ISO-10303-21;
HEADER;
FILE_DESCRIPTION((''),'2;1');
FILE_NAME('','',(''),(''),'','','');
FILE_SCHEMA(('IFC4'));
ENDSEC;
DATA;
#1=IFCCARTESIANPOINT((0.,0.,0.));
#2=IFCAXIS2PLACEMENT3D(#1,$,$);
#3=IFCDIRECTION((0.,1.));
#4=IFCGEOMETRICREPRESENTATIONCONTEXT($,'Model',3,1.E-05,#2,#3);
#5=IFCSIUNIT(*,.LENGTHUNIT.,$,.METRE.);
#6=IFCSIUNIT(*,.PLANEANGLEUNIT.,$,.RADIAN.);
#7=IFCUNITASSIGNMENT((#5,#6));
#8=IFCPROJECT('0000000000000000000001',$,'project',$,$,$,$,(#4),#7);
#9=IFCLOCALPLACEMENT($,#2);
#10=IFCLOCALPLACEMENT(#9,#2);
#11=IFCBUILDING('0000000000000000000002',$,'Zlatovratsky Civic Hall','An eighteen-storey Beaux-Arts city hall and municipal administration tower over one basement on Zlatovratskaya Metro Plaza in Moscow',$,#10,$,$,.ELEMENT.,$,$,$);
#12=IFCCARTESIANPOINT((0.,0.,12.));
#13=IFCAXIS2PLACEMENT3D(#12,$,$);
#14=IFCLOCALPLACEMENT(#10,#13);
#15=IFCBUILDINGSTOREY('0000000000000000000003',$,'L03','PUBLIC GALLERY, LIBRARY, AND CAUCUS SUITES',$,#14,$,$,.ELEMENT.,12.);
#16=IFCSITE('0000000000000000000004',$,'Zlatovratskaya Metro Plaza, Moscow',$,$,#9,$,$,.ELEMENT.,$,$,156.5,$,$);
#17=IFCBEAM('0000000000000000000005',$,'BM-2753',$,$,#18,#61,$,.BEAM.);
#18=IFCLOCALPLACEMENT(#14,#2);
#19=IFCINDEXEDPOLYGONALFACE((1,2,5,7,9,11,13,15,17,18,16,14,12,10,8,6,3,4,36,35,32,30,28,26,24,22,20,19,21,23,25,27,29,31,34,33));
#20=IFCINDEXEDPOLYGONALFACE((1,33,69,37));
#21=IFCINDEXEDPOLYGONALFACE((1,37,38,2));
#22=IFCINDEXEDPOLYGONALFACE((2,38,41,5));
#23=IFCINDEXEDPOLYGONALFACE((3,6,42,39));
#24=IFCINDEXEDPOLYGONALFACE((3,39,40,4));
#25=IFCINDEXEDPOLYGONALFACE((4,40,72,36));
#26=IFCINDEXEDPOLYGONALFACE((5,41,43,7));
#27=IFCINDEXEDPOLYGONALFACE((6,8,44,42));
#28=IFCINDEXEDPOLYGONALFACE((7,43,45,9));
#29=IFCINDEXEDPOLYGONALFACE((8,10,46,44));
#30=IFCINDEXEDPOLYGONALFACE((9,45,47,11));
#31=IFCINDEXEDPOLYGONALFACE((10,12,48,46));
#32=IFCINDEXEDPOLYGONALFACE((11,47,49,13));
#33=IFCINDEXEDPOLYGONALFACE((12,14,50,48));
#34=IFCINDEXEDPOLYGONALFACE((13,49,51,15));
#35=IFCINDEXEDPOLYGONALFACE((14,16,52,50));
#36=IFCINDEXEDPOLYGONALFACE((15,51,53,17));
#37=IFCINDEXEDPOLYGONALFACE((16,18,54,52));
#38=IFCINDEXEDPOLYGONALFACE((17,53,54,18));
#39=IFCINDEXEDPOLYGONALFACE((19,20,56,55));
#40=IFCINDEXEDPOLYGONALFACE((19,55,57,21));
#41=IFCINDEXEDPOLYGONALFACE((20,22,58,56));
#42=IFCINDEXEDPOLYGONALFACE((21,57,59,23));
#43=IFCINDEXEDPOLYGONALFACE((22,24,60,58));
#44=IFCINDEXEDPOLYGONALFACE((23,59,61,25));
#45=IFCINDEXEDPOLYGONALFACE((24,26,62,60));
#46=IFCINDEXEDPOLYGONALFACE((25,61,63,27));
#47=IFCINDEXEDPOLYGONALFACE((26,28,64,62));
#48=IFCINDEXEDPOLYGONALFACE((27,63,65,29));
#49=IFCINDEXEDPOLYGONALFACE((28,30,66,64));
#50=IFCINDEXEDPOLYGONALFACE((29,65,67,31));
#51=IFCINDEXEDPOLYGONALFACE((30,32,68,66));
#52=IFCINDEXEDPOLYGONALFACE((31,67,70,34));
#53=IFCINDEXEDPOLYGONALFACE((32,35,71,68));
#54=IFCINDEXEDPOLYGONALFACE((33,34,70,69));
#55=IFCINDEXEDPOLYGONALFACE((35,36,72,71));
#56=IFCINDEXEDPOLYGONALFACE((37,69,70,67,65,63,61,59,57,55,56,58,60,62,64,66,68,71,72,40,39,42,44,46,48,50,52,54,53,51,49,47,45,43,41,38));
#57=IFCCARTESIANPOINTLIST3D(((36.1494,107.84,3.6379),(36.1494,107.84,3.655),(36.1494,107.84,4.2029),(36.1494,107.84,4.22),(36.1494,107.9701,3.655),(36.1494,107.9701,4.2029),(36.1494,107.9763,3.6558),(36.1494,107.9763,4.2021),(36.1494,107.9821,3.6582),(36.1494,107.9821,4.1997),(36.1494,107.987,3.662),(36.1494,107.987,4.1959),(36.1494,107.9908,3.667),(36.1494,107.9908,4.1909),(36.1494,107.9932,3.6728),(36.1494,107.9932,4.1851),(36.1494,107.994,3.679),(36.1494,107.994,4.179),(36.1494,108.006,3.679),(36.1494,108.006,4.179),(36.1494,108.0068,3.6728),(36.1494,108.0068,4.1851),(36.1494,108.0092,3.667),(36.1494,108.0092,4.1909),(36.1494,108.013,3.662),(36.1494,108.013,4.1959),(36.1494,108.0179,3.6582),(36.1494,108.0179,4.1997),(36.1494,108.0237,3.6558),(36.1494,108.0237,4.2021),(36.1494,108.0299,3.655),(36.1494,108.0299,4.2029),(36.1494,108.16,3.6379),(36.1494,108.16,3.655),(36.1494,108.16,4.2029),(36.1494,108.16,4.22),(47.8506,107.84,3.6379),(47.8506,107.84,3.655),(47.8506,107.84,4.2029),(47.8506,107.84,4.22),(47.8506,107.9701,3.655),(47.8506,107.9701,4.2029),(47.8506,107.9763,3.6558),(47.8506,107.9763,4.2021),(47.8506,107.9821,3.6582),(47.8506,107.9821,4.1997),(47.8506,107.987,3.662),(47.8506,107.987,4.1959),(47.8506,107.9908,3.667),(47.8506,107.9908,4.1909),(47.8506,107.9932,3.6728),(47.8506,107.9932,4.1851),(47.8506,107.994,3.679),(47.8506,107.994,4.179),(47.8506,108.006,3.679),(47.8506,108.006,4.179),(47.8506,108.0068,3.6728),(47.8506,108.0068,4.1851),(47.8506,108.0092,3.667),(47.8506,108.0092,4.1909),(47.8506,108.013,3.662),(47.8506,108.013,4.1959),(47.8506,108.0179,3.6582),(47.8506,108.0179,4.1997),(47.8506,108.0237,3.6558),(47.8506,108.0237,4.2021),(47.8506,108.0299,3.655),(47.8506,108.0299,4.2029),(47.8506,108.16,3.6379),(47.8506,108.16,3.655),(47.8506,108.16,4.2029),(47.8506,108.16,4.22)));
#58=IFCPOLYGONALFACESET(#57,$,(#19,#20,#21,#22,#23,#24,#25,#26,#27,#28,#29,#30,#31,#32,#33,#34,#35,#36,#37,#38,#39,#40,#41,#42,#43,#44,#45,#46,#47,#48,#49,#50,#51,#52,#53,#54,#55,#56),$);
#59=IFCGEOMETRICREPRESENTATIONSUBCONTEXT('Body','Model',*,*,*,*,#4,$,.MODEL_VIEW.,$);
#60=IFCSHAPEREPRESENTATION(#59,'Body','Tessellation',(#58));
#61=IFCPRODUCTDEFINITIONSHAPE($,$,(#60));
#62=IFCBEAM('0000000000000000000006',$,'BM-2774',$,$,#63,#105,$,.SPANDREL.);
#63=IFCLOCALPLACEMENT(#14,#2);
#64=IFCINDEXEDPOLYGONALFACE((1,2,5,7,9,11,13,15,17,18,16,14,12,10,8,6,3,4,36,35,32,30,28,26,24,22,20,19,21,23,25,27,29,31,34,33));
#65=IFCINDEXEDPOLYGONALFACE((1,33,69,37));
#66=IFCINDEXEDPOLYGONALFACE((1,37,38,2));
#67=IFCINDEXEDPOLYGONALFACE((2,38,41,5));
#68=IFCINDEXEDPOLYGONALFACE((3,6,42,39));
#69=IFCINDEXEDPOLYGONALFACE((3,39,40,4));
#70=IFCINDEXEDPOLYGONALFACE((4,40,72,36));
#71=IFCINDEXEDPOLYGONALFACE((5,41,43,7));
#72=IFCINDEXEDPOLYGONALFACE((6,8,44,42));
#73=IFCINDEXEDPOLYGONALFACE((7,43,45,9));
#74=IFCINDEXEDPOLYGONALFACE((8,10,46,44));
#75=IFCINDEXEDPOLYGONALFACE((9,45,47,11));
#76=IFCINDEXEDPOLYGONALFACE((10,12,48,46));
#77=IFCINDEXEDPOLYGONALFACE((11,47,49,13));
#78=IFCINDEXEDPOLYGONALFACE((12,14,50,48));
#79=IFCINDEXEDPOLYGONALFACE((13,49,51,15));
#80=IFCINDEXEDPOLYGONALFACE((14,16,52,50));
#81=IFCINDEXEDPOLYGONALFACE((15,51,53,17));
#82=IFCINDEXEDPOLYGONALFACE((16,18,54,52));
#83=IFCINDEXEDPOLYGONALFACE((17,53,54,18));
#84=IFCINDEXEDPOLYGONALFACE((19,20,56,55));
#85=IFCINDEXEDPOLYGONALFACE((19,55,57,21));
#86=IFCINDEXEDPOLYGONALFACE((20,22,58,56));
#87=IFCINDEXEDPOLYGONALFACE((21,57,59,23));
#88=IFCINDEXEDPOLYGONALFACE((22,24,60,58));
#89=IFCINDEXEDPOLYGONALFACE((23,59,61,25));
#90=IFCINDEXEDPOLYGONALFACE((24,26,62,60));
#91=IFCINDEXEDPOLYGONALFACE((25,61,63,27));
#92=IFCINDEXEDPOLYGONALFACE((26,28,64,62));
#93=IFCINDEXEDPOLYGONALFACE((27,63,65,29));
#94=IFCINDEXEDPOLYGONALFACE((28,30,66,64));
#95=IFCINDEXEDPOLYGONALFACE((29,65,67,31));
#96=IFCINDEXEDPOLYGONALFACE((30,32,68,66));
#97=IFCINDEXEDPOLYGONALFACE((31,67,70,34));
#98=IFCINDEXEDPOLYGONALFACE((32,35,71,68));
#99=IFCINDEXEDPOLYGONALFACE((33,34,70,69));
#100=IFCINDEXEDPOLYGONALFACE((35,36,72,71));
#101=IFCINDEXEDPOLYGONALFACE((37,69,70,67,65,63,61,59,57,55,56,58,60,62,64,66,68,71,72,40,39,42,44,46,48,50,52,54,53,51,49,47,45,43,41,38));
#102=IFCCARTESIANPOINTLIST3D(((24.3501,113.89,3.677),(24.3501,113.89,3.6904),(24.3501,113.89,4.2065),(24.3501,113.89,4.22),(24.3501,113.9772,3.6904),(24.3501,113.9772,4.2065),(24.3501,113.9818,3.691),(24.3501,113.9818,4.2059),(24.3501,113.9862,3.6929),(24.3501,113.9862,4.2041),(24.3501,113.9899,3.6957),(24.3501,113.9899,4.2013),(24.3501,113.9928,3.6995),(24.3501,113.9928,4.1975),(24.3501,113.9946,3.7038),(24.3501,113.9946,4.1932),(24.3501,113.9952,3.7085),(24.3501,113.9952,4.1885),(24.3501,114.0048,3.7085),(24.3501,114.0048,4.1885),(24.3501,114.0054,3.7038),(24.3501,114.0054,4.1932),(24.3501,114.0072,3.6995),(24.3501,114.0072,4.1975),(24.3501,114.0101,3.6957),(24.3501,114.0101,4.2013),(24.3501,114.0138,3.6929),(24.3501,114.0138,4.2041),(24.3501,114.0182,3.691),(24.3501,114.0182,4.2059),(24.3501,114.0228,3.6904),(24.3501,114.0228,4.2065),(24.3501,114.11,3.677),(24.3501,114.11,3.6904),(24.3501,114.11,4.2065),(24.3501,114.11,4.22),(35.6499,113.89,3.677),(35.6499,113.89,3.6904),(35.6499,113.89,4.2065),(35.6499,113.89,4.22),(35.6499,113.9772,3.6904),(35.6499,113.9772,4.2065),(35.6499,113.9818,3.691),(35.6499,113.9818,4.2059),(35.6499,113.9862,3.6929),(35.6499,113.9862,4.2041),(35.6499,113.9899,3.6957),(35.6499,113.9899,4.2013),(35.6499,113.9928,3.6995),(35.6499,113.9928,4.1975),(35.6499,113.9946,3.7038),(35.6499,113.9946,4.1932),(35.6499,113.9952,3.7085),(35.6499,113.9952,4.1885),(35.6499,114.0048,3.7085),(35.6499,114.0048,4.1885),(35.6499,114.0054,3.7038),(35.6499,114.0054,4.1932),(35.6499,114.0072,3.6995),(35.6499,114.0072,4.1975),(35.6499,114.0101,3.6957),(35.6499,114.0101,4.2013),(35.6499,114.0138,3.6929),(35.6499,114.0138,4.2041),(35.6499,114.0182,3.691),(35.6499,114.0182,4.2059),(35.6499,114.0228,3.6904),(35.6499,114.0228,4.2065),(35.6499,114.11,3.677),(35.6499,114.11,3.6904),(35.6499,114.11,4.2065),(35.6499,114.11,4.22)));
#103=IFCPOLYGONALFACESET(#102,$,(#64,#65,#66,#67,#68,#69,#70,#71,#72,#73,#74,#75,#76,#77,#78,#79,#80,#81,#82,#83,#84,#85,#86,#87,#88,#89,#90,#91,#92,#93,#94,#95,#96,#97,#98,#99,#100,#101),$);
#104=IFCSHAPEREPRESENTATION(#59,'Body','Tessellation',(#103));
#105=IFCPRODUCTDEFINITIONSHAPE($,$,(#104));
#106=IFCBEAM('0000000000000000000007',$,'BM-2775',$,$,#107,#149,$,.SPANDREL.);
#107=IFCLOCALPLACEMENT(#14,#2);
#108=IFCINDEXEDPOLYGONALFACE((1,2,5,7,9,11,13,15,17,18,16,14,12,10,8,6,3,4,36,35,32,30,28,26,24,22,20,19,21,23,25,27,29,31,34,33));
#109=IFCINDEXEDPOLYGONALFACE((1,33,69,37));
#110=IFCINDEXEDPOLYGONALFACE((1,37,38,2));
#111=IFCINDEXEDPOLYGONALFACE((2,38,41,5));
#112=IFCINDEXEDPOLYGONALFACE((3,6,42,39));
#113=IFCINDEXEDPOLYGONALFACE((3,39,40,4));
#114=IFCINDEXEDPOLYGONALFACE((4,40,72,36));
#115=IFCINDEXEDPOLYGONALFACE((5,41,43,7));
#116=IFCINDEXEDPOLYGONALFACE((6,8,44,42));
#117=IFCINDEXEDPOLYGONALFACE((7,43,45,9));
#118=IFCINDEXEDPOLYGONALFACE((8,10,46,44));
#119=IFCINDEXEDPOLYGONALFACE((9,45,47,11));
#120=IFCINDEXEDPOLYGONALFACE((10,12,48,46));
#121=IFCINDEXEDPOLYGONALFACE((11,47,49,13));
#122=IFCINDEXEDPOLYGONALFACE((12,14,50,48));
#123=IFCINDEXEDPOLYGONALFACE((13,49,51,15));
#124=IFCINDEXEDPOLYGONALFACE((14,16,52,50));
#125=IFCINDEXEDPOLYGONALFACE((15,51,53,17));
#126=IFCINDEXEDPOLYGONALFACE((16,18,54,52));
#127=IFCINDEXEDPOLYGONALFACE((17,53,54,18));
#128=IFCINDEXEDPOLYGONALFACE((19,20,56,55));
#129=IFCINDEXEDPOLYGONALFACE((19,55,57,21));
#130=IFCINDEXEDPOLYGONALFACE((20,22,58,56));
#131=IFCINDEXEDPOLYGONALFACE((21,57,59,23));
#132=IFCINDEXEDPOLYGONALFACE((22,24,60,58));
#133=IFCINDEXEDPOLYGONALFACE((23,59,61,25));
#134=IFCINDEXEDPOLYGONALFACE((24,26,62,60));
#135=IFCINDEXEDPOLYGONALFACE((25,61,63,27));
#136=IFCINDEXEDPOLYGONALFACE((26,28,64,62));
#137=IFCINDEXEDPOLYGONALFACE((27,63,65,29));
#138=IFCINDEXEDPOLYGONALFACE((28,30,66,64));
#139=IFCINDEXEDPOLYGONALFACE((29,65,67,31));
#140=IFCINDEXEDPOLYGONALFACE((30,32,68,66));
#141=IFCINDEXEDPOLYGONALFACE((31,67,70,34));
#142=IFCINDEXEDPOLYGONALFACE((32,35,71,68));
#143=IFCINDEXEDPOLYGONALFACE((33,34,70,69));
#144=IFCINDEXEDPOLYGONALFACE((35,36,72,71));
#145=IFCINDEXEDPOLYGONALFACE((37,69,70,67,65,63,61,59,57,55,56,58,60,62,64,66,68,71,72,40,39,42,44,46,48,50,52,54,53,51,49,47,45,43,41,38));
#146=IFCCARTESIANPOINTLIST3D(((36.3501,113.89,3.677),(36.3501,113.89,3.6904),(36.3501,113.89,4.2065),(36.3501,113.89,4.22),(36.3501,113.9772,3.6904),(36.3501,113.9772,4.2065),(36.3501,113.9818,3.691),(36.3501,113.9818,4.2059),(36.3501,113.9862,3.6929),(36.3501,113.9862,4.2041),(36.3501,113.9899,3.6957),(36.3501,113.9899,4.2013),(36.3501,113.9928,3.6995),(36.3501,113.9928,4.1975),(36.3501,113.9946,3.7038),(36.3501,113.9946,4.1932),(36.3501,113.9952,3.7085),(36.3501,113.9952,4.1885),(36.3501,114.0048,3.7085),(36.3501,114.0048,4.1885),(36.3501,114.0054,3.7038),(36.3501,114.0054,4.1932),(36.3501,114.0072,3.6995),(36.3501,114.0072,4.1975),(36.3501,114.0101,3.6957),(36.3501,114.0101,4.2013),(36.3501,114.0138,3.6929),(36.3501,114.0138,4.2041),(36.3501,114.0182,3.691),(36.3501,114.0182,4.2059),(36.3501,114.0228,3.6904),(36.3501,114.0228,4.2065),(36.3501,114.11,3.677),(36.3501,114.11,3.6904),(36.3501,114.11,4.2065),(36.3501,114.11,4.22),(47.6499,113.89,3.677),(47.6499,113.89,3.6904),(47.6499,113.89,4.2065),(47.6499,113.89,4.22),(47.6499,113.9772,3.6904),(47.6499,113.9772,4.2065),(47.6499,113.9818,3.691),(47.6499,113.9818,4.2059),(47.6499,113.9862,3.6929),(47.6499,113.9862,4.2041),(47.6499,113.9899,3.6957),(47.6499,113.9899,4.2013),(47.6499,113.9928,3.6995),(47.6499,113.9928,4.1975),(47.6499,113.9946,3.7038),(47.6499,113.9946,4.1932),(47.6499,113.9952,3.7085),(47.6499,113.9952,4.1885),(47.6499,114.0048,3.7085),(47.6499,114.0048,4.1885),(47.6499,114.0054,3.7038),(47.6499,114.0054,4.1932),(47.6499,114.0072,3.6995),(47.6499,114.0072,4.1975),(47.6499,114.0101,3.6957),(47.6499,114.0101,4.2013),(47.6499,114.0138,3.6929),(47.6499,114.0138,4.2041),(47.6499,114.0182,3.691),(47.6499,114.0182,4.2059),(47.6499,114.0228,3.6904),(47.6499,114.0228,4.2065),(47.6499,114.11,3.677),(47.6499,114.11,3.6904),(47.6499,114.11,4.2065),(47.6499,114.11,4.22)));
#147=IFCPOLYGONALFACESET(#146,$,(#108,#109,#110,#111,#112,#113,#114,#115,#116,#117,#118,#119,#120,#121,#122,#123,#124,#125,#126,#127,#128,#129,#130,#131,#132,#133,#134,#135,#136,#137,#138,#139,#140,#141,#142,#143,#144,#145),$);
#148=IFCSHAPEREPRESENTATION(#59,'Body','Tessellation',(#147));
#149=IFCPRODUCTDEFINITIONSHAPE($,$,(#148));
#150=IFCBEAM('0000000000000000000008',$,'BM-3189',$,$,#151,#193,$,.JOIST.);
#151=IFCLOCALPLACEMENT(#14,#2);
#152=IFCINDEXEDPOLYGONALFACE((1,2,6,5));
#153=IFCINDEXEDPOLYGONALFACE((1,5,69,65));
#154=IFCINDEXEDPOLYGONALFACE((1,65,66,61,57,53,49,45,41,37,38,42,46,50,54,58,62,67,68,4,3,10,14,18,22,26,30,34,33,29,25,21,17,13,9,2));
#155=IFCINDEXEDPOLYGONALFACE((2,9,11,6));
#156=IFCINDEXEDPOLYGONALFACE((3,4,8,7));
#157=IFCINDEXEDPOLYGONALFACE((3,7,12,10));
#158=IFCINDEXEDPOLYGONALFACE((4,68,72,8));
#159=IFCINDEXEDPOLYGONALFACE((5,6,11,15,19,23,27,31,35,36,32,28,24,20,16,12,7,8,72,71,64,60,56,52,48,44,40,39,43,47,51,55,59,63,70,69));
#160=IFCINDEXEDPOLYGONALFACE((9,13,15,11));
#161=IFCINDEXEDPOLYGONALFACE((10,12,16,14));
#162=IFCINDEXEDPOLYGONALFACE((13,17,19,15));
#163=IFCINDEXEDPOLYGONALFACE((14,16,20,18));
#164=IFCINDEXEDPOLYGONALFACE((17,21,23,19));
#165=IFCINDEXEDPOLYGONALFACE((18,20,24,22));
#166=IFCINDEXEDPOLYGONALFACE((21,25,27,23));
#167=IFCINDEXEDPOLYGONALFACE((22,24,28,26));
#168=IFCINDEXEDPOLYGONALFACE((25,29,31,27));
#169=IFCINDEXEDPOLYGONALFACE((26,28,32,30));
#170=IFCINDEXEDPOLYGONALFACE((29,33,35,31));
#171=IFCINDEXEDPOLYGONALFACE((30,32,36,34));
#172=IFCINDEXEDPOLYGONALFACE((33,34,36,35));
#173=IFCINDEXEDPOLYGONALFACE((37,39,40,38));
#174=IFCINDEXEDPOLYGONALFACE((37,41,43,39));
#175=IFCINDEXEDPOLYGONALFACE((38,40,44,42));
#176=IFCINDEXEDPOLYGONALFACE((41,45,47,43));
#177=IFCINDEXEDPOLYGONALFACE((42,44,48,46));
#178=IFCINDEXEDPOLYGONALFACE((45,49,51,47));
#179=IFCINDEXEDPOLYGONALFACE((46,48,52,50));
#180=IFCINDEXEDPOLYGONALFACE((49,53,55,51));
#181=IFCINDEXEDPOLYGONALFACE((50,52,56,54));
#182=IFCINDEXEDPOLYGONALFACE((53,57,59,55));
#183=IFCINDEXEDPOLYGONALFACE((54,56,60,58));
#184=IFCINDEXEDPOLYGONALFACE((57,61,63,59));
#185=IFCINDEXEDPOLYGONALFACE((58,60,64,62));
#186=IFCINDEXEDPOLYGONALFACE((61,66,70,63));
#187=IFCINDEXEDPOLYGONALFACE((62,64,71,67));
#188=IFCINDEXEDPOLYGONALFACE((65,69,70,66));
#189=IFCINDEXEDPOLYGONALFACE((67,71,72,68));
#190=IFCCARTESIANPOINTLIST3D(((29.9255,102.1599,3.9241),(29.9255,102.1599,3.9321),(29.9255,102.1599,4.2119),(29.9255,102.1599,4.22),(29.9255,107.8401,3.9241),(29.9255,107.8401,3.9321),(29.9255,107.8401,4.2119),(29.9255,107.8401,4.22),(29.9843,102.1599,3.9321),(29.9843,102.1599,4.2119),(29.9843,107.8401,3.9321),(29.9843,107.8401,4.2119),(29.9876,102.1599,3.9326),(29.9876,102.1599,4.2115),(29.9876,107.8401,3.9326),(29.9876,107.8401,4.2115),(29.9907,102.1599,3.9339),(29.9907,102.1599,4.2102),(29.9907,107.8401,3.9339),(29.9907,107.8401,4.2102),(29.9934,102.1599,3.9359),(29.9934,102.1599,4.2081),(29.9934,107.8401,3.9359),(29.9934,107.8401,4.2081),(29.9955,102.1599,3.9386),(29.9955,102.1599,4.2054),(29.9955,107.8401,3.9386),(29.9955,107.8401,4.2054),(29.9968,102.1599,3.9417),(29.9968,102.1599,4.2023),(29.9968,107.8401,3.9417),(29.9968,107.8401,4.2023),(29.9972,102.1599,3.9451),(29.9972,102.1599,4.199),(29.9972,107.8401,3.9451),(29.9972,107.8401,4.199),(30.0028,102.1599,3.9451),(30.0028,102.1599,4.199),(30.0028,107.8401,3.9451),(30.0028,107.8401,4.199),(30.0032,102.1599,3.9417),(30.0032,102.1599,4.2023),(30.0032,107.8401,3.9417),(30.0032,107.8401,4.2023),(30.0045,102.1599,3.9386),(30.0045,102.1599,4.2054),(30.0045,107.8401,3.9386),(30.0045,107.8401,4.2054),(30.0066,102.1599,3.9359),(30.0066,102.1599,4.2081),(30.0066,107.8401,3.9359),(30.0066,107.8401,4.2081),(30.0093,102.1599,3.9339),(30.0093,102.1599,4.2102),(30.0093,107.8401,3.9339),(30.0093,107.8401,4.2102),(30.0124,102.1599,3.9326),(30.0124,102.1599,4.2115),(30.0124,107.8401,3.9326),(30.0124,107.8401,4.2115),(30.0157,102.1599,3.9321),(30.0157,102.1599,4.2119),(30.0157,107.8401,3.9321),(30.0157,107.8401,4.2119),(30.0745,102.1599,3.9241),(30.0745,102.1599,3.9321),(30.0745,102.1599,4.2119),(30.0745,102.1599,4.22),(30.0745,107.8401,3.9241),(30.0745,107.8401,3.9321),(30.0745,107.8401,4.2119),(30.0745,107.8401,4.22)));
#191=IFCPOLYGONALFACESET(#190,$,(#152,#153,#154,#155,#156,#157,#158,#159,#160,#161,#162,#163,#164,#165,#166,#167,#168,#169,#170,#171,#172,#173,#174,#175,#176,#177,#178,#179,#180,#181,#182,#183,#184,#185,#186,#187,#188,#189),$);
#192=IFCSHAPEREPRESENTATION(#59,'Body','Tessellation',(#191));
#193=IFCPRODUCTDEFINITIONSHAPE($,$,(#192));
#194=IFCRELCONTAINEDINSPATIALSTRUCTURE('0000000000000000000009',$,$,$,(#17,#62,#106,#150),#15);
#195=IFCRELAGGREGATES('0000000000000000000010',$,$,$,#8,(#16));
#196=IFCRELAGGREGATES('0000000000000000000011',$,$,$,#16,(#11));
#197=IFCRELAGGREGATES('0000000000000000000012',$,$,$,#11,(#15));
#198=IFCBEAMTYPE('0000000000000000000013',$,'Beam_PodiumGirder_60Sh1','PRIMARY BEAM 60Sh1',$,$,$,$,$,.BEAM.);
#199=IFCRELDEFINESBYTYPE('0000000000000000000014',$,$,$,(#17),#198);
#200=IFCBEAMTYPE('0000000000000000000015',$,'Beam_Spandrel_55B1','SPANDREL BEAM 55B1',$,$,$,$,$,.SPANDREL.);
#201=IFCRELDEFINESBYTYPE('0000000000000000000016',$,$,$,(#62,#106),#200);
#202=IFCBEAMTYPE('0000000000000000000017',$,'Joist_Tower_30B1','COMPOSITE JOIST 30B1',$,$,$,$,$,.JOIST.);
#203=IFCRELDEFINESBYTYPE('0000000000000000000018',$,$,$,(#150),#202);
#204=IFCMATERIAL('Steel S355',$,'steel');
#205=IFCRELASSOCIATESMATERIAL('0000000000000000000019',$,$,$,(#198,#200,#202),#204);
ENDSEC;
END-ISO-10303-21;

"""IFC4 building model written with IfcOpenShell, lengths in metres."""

from ifc_helpers import new_model, si_unit, direction, frame, origin, origin_2d, place, context, subcontext, project, spatial, i_section, extrude, material, material_profile, profile_set, type_object, element, save


model = new_model("IFC4")

# Units and contexts
model_context = context("Model", 3, precision=1e-05, world=origin(), true_north=direction((0.0, 1.0)))
body_context = subcontext(model_context, "Body", "Model", "MODEL_VIEW")
ifc_project = project(units=[si_unit("LENGTHUNIT", "METRE"), si_unit("PLANEANGLEUNIT", "RADIAN")], contexts=[model_context])

# Site, building, storey
site_placement = place(None, origin())
site = spatial("IfcSite", under=ifc_project, at=site_placement, Name="Zlatovratskaya Metro Plaza, Moscow", CompositionType="ELEMENT", RefElevation=156.5)
building_placement = place(site_placement, origin())
building = spatial("IfcBuilding", under=site, at=building_placement, Name="Zlatovratsky Civic Hall", Description="An eighteen-storey Beaux-Arts city hall and municipal administration tower over one basement on Zlatovratskaya Metro Plaza in Moscow", CompositionType="ELEMENT")
storey_placement = place(building_placement, frame((0.0, 0.0, 12.0)))
storey = spatial("IfcBuildingStorey", under=building, at=storey_placement, Name="L03", Description="PUBLIC GALLERY, LIBRARY, AND CAUCUS SUITES", CompositionType="ELEMENT", Elevation=12.0)

# Shared definitions
ifc_material_1 = material(Name="Steel S355", Category="steel")

# Beams
ifc_material_profile_1 = material_profile(ifc_material_1, i_section(OverallWidth=0.3201, OverallDepth=0.582, WebThickness=0.012, FlangeThickness=0.0171, FilletRadius=0.0239, at=origin_2d()), Name="60Sh1")
ifc_profile_set_1 = profile_set([ifc_material_profile_1], Name="Steel S355")
beam_type_1 = type_object("IfcBeamType", Name="Beam_PodiumGirder_60Sh1", Description="PRIMARY BEAM 60Sh1", PredefinedType="BEAM", material=ifc_profile_set_1)
for number, where, z_axis, x_axis, name in (
    (1, (36.1494, 108.0, 3.929), (1.0, 0.0, 0.0), (0.0, 1.0, 0.0), "BM-2753"),
):
    element("IfcBeam", number, at=place(storey_placement, frame(where, z_axis=z_axis, x_axis=x_axis)), inside=storey, type_object=beam_type_1, Name=name, PredefinedType="BEAM", context=body_context, shape_type="SweptSolid", body=[
        extrude(i_section(OverallWidth=0.3201, OverallDepth=0.582, WebThickness=0.012, FlangeThickness=0.0171, FilletRadius=0.0239, at=origin_2d()), origin(), (0.0, 0.0, 1.0), 11.7012),
    ])
ifc_material_profile_2 = material_profile(ifc_material_1, i_section(OverallWidth=0.22, OverallDepth=0.543, WebThickness=0.0095, FlangeThickness=0.0134, FilletRadius=0.0181, at=origin_2d()), Name="55B1")
ifc_profile_set_2 = profile_set([ifc_material_profile_2], Name="Steel S355")
beam_type_2 = type_object("IfcBeamType", Name="Beam_Spandrel_55B1", Description="SPANDREL BEAM 55B1", PredefinedType="SPANDREL", material=ifc_profile_set_2)
for number, where, z_axis, x_axis, name in (
    (2, (24.3501, 114.0, 3.9485), (1.0, 0.0, 0.0), (0.0, 1.0, 0.0), "BM-2774"),
    (3, (36.3501, 114.0, 3.9485), (1.0, 0.0, 0.0), (0.0, 1.0, 0.0), "BM-2775"),
):
    element("IfcBeam", number, at=place(storey_placement, frame(where, z_axis=z_axis, x_axis=x_axis)), inside=storey, type_object=beam_type_2, Name=name, PredefinedType="SPANDREL", context=body_context, shape_type="SweptSolid", body=[
        extrude(i_section(OverallWidth=0.22, OverallDepth=0.543, WebThickness=0.0095, FlangeThickness=0.0134, FilletRadius=0.0181, at=origin_2d()), origin(), (0.0, 0.0, 1.0), 11.2998),
    ])
ifc_material_profile_3 = material_profile(ifc_material_1, i_section(OverallWidth=0.1489, OverallDepth=0.2959, WebThickness=0.0056, FlangeThickness=0.0081, FilletRadius=0.0129, at=origin_2d()), Name="30B1")
ifc_profile_set_3 = profile_set([ifc_material_profile_3], Name="Steel S355")
beam_type_3 = type_object("IfcBeamType", Name="Joist_Tower_30B1", Description="COMPOSITE JOIST 30B1", PredefinedType="JOIST", material=ifc_profile_set_3)
beam_1_placement = place(storey_placement, frame((30.0, 102.1599, 4.072), z_axis=(0.0, 1.0, 0.0), x_axis=(-1.0, 0.0, 0.0)))
element("IfcBeam", 4, at=beam_1_placement, inside=storey, type_object=beam_type_3, Name="BM-3189", PredefinedType="JOIST", context=body_context, shape_type="SweptSolid", body=[
    extrude(i_section(OverallWidth=0.1489, OverallDepth=0.2959, WebThickness=0.0056, FlangeThickness=0.0081, FilletRadius=0.0129, at=origin_2d()), origin(), (0.0, 0.0, 1.0), 5.6802),
])

save(model, "model.ifc")
